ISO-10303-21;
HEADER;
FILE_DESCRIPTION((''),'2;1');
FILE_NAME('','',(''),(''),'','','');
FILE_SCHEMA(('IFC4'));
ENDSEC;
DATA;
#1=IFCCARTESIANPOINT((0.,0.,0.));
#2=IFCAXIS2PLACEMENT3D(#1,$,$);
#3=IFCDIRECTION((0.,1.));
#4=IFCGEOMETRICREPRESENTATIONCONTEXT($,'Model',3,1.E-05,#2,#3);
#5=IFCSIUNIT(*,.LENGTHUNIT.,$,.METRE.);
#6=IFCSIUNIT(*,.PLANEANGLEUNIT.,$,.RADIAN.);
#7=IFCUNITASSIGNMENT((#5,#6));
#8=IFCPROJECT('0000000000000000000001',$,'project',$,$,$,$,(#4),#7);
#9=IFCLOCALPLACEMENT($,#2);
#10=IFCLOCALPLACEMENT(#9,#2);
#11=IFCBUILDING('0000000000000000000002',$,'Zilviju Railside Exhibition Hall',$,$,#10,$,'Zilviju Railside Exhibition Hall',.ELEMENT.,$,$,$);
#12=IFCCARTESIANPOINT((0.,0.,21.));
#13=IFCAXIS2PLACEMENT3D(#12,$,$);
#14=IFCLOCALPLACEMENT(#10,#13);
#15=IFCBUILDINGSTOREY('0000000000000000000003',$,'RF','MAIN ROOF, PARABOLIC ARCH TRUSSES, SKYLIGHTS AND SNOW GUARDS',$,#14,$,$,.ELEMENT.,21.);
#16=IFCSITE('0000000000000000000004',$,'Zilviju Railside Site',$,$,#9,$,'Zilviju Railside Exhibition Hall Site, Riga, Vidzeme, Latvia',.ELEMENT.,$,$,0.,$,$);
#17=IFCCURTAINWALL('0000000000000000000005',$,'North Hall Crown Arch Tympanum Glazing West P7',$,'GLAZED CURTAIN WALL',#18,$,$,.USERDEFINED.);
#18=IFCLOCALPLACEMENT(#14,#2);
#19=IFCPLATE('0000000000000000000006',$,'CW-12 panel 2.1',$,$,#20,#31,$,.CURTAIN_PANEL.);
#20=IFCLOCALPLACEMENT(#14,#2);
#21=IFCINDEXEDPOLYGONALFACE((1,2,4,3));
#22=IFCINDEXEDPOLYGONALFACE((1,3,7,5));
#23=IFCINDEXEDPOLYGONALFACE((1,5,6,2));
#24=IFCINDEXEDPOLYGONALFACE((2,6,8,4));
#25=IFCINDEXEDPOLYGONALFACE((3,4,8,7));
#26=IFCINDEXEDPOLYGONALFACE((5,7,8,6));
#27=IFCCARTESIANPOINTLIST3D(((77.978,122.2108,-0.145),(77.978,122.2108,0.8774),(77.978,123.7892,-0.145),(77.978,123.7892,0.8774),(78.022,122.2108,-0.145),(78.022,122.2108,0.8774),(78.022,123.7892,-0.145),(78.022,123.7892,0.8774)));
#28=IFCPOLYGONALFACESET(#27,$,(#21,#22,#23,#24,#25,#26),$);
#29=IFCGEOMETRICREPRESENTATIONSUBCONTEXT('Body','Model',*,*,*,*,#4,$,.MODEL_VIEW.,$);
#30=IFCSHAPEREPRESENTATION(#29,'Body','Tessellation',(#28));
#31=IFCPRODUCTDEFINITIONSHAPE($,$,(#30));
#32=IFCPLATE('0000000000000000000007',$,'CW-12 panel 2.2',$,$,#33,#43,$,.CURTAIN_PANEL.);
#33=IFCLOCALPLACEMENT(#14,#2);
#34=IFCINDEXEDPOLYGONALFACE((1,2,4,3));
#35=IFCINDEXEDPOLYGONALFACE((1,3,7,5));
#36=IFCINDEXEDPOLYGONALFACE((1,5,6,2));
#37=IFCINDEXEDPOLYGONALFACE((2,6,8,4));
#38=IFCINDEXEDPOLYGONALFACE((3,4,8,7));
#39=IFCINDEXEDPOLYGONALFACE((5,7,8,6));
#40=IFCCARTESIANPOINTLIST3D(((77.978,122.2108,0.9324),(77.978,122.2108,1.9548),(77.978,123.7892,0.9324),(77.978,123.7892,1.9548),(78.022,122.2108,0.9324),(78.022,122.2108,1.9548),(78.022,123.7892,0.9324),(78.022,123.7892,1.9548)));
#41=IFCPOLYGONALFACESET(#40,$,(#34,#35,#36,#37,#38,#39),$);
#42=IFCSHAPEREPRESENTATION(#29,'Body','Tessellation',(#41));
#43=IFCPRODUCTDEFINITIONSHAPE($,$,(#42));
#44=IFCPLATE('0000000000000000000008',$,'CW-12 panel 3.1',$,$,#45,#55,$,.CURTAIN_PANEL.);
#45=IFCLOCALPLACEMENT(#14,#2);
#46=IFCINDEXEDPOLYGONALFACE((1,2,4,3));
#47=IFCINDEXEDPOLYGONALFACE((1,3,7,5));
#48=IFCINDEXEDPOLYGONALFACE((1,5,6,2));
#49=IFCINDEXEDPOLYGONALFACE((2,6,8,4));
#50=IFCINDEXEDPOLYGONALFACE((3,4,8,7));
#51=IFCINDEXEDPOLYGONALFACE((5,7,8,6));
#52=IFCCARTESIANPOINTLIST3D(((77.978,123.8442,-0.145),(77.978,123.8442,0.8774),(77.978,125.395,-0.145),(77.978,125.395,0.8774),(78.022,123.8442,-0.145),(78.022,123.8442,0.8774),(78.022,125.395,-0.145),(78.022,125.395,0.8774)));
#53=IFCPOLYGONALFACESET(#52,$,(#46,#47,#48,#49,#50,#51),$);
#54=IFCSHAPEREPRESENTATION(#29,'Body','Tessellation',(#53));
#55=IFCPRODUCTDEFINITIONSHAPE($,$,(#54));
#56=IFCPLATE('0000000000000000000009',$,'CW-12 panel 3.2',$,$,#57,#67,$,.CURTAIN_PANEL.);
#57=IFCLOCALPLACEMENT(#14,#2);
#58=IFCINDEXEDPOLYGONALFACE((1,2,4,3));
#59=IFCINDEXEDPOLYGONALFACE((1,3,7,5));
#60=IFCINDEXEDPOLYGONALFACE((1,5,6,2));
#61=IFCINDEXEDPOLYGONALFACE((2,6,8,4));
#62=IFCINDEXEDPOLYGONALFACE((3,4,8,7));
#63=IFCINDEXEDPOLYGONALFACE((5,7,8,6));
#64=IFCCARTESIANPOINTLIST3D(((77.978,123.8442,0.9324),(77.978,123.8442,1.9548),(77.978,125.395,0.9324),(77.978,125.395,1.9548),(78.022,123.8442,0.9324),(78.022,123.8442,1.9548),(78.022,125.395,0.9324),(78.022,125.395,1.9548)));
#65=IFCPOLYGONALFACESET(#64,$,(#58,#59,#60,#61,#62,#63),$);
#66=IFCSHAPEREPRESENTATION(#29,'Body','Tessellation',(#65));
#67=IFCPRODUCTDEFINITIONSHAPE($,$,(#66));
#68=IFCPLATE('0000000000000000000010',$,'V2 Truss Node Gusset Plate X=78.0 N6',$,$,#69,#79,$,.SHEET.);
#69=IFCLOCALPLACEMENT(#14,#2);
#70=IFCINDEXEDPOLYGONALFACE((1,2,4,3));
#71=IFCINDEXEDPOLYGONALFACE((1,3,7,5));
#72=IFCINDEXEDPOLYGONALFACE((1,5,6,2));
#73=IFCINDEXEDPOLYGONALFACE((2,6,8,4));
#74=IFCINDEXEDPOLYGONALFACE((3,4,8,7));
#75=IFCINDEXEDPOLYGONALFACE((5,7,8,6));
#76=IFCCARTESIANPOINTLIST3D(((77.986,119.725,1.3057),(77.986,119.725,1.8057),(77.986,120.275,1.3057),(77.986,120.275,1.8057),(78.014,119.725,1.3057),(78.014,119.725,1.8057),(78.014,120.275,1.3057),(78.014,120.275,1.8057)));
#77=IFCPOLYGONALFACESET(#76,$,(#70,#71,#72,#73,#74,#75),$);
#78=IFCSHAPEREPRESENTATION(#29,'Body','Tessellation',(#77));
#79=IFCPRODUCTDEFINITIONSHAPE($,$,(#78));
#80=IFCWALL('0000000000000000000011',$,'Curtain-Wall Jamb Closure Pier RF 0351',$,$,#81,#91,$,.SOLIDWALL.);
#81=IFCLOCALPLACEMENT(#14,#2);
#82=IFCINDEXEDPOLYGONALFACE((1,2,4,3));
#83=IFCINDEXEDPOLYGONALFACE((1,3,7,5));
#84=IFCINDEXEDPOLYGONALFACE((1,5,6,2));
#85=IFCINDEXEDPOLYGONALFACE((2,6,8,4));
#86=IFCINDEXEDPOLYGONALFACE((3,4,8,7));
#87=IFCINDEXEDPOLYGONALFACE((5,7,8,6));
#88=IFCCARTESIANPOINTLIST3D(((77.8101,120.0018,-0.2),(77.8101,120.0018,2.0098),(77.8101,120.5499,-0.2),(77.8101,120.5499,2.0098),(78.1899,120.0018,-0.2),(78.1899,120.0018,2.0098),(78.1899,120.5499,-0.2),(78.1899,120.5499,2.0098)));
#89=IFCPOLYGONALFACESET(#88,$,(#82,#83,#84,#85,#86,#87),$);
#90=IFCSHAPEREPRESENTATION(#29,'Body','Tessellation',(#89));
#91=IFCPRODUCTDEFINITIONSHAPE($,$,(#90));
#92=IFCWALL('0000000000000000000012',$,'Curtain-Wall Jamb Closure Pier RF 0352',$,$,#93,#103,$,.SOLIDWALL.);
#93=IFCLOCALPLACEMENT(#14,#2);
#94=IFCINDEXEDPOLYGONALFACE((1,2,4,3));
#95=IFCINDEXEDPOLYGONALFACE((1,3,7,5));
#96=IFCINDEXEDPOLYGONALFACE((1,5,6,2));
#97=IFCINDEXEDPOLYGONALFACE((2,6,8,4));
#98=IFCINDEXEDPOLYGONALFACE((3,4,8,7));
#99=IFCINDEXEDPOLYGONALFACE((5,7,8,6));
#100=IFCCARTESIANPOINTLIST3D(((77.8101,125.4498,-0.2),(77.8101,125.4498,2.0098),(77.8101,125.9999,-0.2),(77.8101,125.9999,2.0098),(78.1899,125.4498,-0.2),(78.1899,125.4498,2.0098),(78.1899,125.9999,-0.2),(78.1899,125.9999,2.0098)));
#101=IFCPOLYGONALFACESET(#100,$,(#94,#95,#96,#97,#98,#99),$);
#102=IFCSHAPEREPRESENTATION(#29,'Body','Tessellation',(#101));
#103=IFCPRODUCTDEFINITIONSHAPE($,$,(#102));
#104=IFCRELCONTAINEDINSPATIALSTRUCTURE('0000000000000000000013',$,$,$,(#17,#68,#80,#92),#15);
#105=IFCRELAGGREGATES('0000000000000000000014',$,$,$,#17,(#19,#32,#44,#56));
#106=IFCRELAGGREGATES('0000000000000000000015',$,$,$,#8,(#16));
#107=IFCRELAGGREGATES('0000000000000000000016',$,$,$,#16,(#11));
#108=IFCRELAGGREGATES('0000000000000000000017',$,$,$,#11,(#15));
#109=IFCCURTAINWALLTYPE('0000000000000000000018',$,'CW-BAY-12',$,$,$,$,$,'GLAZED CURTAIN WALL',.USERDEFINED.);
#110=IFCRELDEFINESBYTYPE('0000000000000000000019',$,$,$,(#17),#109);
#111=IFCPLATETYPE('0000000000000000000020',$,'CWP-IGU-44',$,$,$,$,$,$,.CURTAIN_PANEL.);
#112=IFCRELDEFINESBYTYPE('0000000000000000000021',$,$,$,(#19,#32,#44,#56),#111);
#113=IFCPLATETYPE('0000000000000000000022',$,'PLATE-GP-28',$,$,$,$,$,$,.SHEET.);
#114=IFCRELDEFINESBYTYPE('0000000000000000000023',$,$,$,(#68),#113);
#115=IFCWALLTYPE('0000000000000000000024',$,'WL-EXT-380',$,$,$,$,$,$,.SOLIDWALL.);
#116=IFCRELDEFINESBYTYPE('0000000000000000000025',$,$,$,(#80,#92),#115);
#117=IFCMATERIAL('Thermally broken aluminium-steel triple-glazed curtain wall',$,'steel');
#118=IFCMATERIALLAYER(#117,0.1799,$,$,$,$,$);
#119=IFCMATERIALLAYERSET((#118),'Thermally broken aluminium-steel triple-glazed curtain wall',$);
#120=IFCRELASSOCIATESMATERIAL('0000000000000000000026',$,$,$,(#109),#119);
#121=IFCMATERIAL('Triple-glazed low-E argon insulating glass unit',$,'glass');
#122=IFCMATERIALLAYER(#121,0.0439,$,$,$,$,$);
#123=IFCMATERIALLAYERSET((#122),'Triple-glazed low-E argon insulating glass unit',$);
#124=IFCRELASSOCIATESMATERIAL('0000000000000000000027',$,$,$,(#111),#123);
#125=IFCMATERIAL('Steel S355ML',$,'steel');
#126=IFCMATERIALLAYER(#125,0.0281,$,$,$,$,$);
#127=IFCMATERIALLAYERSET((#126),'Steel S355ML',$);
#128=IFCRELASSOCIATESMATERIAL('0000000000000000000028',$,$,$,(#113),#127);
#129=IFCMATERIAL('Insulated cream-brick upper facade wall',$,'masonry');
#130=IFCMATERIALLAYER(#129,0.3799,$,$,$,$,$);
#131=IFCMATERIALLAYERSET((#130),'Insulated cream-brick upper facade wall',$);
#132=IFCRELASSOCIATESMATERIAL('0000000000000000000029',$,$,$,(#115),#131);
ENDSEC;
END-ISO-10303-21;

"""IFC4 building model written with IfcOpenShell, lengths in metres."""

from ifc_helpers import new_model, si_unit, direction, frame, frame_2d, origin, origin_2d, place, context, subcontext, project, spatial, rectangle, extrude, material, layer, layer_set, type_object, element, aggregate, save


model = new_model("IFC4")

# Units and contexts
model_context = context("Model", 3, precision=1e-05, world=origin(), true_north=direction((0.0, 1.0)))
body_context = subcontext(model_context, "Body", "Model", "MODEL_VIEW")
ifc_project = project(units=[si_unit("LENGTHUNIT", "METRE"), si_unit("PLANEANGLEUNIT", "RADIAN")], contexts=[model_context])

# Site, building, storey
site_placement = place(None, origin())
site = spatial("IfcSite", under=ifc_project, at=site_placement, Name="Zilviju Railside Site", LongName="Zilviju Railside Exhibition Hall Site, Riga, Vidzeme, Latvia", CompositionType="ELEMENT", RefElevation=0.0)
building_placement = place(site_placement, origin())
building = spatial("IfcBuilding", under=site, at=building_placement, Name="Zilviju Railside Exhibition Hall", LongName="Zilviju Railside Exhibition Hall", CompositionType="ELEMENT")
storey_placement = place(building_placement, frame((0.0, 0.0, 21.0)))
storey = spatial("IfcBuildingStorey", under=building, at=storey_placement, Name="RF", Description="MAIN ROOF, PARABOLIC ARCH TRUSSES, SKYLIGHTS AND SNOW GUARDS", CompositionType="ELEMENT", Elevation=21.0)

# Curtain wall
ifc_material_1 = material(Name="Thermally broken aluminium-steel triple-glazed curtain wall", Category="steel")
ifc_layer_1 = layer(ifc_material_1, 0.1799)
ifc_layer_set_1 = layer_set([ifc_layer_1], Name="Thermally broken aluminium-steel triple-glazed curtain wall")
curtain_wall_type_1 = type_object("IfcCurtainWallType", Name="CW-BAY-12", ElementType="GLAZED CURTAIN WALL", PredefinedType="USERDEFINED", material=ifc_layer_set_1)
curtain_wall_1_placement = place(storey_placement, origin())
curtain_wall_1 = element("IfcCurtainWall", 1, at=curtain_wall_1_placement, inside=storey, type_object=curtain_wall_type_1, Name="North Hall Crown Arch Tympanum Glazing West P7", ObjectType="GLAZED CURTAIN WALL", PredefinedType="USERDEFINED")

# Shared definitions
ifc_material_2 = material(Name="Steel S355ML", Category="steel")

# Plates
ifc_material_3 = material(Name="Triple-glazed low-E argon insulating glass unit", Category="glass")
ifc_layer_2 = layer(ifc_material_3, 0.0439)
ifc_layer_set_2 = layer_set([ifc_layer_2], Name="Triple-glazed low-E argon insulating glass unit")
plate_type_1 = type_object("IfcPlateType", Name="CWP-IGU-44", PredefinedType="CURTAIN_PANEL", material=ifc_layer_set_2)
plate_1_placement = place(storey_placement, frame((78.0, 123.0, -0.145), z_axis=(0.0, 0.0, 1.0), x_axis=(0.0, 1.0, 0.0)))
plate_1 = element("IfcPlate", 2, at=plate_1_placement, type_object=plate_type_1, Name="CW-12 panel 2.1", PredefinedType="CURTAIN_PANEL", context=body_context, shape_type="SweptSolid", body=[
    extrude(rectangle(XDim=1.5784, YDim=0.0439, at=origin_2d()), origin(), (0.0, 0.0, 1.0), 1.0225),
])
plate_2_placement = place(storey_placement, frame((78.0, 123.0, 0.9324), z_axis=(0.0, 0.0, 1.0), x_axis=(0.0, 1.0, 0.0)))
plate_2 = element("IfcPlate", 3, at=plate_2_placement, type_object=plate_type_1, Name="CW-12 panel 2.2", PredefinedType="CURTAIN_PANEL", context=body_context, shape_type="SweptSolid", body=[
    extrude(rectangle(XDim=1.5784, YDim=0.0439, at=origin_2d()), origin(), (0.0, 0.0, 1.0), 1.0225),
])
plate_3_placement = place(storey_placement, frame((78.0, 124.6196, -0.145), z_axis=(0.0, 0.0, 1.0), x_axis=(0.0, 1.0, 0.0)))
plate_3 = element("IfcPlate", 4, at=plate_3_placement, type_object=plate_type_1, Name="CW-12 panel 3.1", PredefinedType="CURTAIN_PANEL", context=body_context, shape_type="SweptSolid", body=[
    extrude(rectangle(XDim=1.5508, YDim=0.0439, at=origin_2d()), origin(), (0.0, 0.0, 1.0), 1.0225),
])
plate_4_placement = place(storey_placement, frame((78.0, 124.6196, 0.9324), z_axis=(0.0, 0.0, 1.0), x_axis=(0.0, 1.0, 0.0)))
plate_4 = element("IfcPlate", 5, at=plate_4_placement, type_object=plate_type_1, Name="CW-12 panel 3.2", PredefinedType="CURTAIN_PANEL", context=body_context, shape_type="SweptSolid", body=[
    extrude(rectangle(XDim=1.5508, YDim=0.0439, at=origin_2d()), origin(), (0.0, 0.0, 1.0), 1.0225),
])
aggregate(curtain_wall_1, [plate_1, plate_2, plate_3, plate_4])
ifc_layer_3 = layer(ifc_material_2, 0.0281)
ifc_layer_set_3 = layer_set([ifc_layer_3], Name="Steel S355ML")
plate_type_2 = type_object("IfcPlateType", Name="PLATE-GP-28", PredefinedType="SHEET", material=ifc_layer_set_3)
plate_5_placement = place(storey_placement, frame((78.0, 120.0, 1.3057), z_axis=(0.0, 0.0, 1.0), x_axis=(1.0, 0.0, 0.0)))
element("IfcPlate", 6, at=plate_5_placement, inside=storey, type_object=plate_type_2, Name="V2 Truss Node Gusset Plate X=78.0 N6", PredefinedType="SHEET", context=body_context, shape_type="SweptSolid", body=[
    extrude(rectangle(XDim=0.0281, YDim=0.55, at=origin_2d()), origin(), (0.0, 0.0, 1.0), 0.5),
])

# Walls
ifc_material_4 = material(Name="Insulated cream-brick upper facade wall", Category="masonry")
ifc_layer_4 = layer(ifc_material_4, 0.3799)
ifc_layer_set_4 = layer_set([ifc_layer_4], Name="Insulated cream-brick upper facade wall")
wall_type = type_object("IfcWallType", Name="WL-EXT-380", PredefinedType="SOLIDWALL", material=ifc_layer_set_4)
wall_1_placement = place(storey_placement, frame((78.0, 120.002, -0.2), z_axis=(0.0, 0.0, 1.0), x_axis=(0.0, 1.0, 0.0)))
element("IfcWall", 7, at=wall_1_placement, inside=storey, type_object=wall_type, Name="Curtain-Wall Jamb Closure Pier RF 0351", PredefinedType="SOLIDWALL", context=body_context, shape_type="SweptSolid", body=[
    extrude(rectangle(XDim=0.5481, YDim=0.3799, at=frame_2d((0.2739, 0.0))), origin(), (0.0, 0.0, 1.0), 2.2097),
])
wall_2_placement = place(storey_placement, frame((78.0, 125.45, -0.2), z_axis=(0.0, 0.0, 1.0), x_axis=(0.0, 1.0, 0.0)))
element("IfcWall", 8, at=wall_2_placement, inside=storey, type_object=wall_type, Name="Curtain-Wall Jamb Closure Pier RF 0352", PredefinedType="SOLIDWALL", context=body_context, shape_type="SweptSolid", body=[
    extrude(rectangle(XDim=0.55, YDim=0.3799, at=frame_2d((0.2749, 0.0))), origin(), (0.0, 0.0, 1.0), 2.2097),
])

save(model, "model.ifc")
